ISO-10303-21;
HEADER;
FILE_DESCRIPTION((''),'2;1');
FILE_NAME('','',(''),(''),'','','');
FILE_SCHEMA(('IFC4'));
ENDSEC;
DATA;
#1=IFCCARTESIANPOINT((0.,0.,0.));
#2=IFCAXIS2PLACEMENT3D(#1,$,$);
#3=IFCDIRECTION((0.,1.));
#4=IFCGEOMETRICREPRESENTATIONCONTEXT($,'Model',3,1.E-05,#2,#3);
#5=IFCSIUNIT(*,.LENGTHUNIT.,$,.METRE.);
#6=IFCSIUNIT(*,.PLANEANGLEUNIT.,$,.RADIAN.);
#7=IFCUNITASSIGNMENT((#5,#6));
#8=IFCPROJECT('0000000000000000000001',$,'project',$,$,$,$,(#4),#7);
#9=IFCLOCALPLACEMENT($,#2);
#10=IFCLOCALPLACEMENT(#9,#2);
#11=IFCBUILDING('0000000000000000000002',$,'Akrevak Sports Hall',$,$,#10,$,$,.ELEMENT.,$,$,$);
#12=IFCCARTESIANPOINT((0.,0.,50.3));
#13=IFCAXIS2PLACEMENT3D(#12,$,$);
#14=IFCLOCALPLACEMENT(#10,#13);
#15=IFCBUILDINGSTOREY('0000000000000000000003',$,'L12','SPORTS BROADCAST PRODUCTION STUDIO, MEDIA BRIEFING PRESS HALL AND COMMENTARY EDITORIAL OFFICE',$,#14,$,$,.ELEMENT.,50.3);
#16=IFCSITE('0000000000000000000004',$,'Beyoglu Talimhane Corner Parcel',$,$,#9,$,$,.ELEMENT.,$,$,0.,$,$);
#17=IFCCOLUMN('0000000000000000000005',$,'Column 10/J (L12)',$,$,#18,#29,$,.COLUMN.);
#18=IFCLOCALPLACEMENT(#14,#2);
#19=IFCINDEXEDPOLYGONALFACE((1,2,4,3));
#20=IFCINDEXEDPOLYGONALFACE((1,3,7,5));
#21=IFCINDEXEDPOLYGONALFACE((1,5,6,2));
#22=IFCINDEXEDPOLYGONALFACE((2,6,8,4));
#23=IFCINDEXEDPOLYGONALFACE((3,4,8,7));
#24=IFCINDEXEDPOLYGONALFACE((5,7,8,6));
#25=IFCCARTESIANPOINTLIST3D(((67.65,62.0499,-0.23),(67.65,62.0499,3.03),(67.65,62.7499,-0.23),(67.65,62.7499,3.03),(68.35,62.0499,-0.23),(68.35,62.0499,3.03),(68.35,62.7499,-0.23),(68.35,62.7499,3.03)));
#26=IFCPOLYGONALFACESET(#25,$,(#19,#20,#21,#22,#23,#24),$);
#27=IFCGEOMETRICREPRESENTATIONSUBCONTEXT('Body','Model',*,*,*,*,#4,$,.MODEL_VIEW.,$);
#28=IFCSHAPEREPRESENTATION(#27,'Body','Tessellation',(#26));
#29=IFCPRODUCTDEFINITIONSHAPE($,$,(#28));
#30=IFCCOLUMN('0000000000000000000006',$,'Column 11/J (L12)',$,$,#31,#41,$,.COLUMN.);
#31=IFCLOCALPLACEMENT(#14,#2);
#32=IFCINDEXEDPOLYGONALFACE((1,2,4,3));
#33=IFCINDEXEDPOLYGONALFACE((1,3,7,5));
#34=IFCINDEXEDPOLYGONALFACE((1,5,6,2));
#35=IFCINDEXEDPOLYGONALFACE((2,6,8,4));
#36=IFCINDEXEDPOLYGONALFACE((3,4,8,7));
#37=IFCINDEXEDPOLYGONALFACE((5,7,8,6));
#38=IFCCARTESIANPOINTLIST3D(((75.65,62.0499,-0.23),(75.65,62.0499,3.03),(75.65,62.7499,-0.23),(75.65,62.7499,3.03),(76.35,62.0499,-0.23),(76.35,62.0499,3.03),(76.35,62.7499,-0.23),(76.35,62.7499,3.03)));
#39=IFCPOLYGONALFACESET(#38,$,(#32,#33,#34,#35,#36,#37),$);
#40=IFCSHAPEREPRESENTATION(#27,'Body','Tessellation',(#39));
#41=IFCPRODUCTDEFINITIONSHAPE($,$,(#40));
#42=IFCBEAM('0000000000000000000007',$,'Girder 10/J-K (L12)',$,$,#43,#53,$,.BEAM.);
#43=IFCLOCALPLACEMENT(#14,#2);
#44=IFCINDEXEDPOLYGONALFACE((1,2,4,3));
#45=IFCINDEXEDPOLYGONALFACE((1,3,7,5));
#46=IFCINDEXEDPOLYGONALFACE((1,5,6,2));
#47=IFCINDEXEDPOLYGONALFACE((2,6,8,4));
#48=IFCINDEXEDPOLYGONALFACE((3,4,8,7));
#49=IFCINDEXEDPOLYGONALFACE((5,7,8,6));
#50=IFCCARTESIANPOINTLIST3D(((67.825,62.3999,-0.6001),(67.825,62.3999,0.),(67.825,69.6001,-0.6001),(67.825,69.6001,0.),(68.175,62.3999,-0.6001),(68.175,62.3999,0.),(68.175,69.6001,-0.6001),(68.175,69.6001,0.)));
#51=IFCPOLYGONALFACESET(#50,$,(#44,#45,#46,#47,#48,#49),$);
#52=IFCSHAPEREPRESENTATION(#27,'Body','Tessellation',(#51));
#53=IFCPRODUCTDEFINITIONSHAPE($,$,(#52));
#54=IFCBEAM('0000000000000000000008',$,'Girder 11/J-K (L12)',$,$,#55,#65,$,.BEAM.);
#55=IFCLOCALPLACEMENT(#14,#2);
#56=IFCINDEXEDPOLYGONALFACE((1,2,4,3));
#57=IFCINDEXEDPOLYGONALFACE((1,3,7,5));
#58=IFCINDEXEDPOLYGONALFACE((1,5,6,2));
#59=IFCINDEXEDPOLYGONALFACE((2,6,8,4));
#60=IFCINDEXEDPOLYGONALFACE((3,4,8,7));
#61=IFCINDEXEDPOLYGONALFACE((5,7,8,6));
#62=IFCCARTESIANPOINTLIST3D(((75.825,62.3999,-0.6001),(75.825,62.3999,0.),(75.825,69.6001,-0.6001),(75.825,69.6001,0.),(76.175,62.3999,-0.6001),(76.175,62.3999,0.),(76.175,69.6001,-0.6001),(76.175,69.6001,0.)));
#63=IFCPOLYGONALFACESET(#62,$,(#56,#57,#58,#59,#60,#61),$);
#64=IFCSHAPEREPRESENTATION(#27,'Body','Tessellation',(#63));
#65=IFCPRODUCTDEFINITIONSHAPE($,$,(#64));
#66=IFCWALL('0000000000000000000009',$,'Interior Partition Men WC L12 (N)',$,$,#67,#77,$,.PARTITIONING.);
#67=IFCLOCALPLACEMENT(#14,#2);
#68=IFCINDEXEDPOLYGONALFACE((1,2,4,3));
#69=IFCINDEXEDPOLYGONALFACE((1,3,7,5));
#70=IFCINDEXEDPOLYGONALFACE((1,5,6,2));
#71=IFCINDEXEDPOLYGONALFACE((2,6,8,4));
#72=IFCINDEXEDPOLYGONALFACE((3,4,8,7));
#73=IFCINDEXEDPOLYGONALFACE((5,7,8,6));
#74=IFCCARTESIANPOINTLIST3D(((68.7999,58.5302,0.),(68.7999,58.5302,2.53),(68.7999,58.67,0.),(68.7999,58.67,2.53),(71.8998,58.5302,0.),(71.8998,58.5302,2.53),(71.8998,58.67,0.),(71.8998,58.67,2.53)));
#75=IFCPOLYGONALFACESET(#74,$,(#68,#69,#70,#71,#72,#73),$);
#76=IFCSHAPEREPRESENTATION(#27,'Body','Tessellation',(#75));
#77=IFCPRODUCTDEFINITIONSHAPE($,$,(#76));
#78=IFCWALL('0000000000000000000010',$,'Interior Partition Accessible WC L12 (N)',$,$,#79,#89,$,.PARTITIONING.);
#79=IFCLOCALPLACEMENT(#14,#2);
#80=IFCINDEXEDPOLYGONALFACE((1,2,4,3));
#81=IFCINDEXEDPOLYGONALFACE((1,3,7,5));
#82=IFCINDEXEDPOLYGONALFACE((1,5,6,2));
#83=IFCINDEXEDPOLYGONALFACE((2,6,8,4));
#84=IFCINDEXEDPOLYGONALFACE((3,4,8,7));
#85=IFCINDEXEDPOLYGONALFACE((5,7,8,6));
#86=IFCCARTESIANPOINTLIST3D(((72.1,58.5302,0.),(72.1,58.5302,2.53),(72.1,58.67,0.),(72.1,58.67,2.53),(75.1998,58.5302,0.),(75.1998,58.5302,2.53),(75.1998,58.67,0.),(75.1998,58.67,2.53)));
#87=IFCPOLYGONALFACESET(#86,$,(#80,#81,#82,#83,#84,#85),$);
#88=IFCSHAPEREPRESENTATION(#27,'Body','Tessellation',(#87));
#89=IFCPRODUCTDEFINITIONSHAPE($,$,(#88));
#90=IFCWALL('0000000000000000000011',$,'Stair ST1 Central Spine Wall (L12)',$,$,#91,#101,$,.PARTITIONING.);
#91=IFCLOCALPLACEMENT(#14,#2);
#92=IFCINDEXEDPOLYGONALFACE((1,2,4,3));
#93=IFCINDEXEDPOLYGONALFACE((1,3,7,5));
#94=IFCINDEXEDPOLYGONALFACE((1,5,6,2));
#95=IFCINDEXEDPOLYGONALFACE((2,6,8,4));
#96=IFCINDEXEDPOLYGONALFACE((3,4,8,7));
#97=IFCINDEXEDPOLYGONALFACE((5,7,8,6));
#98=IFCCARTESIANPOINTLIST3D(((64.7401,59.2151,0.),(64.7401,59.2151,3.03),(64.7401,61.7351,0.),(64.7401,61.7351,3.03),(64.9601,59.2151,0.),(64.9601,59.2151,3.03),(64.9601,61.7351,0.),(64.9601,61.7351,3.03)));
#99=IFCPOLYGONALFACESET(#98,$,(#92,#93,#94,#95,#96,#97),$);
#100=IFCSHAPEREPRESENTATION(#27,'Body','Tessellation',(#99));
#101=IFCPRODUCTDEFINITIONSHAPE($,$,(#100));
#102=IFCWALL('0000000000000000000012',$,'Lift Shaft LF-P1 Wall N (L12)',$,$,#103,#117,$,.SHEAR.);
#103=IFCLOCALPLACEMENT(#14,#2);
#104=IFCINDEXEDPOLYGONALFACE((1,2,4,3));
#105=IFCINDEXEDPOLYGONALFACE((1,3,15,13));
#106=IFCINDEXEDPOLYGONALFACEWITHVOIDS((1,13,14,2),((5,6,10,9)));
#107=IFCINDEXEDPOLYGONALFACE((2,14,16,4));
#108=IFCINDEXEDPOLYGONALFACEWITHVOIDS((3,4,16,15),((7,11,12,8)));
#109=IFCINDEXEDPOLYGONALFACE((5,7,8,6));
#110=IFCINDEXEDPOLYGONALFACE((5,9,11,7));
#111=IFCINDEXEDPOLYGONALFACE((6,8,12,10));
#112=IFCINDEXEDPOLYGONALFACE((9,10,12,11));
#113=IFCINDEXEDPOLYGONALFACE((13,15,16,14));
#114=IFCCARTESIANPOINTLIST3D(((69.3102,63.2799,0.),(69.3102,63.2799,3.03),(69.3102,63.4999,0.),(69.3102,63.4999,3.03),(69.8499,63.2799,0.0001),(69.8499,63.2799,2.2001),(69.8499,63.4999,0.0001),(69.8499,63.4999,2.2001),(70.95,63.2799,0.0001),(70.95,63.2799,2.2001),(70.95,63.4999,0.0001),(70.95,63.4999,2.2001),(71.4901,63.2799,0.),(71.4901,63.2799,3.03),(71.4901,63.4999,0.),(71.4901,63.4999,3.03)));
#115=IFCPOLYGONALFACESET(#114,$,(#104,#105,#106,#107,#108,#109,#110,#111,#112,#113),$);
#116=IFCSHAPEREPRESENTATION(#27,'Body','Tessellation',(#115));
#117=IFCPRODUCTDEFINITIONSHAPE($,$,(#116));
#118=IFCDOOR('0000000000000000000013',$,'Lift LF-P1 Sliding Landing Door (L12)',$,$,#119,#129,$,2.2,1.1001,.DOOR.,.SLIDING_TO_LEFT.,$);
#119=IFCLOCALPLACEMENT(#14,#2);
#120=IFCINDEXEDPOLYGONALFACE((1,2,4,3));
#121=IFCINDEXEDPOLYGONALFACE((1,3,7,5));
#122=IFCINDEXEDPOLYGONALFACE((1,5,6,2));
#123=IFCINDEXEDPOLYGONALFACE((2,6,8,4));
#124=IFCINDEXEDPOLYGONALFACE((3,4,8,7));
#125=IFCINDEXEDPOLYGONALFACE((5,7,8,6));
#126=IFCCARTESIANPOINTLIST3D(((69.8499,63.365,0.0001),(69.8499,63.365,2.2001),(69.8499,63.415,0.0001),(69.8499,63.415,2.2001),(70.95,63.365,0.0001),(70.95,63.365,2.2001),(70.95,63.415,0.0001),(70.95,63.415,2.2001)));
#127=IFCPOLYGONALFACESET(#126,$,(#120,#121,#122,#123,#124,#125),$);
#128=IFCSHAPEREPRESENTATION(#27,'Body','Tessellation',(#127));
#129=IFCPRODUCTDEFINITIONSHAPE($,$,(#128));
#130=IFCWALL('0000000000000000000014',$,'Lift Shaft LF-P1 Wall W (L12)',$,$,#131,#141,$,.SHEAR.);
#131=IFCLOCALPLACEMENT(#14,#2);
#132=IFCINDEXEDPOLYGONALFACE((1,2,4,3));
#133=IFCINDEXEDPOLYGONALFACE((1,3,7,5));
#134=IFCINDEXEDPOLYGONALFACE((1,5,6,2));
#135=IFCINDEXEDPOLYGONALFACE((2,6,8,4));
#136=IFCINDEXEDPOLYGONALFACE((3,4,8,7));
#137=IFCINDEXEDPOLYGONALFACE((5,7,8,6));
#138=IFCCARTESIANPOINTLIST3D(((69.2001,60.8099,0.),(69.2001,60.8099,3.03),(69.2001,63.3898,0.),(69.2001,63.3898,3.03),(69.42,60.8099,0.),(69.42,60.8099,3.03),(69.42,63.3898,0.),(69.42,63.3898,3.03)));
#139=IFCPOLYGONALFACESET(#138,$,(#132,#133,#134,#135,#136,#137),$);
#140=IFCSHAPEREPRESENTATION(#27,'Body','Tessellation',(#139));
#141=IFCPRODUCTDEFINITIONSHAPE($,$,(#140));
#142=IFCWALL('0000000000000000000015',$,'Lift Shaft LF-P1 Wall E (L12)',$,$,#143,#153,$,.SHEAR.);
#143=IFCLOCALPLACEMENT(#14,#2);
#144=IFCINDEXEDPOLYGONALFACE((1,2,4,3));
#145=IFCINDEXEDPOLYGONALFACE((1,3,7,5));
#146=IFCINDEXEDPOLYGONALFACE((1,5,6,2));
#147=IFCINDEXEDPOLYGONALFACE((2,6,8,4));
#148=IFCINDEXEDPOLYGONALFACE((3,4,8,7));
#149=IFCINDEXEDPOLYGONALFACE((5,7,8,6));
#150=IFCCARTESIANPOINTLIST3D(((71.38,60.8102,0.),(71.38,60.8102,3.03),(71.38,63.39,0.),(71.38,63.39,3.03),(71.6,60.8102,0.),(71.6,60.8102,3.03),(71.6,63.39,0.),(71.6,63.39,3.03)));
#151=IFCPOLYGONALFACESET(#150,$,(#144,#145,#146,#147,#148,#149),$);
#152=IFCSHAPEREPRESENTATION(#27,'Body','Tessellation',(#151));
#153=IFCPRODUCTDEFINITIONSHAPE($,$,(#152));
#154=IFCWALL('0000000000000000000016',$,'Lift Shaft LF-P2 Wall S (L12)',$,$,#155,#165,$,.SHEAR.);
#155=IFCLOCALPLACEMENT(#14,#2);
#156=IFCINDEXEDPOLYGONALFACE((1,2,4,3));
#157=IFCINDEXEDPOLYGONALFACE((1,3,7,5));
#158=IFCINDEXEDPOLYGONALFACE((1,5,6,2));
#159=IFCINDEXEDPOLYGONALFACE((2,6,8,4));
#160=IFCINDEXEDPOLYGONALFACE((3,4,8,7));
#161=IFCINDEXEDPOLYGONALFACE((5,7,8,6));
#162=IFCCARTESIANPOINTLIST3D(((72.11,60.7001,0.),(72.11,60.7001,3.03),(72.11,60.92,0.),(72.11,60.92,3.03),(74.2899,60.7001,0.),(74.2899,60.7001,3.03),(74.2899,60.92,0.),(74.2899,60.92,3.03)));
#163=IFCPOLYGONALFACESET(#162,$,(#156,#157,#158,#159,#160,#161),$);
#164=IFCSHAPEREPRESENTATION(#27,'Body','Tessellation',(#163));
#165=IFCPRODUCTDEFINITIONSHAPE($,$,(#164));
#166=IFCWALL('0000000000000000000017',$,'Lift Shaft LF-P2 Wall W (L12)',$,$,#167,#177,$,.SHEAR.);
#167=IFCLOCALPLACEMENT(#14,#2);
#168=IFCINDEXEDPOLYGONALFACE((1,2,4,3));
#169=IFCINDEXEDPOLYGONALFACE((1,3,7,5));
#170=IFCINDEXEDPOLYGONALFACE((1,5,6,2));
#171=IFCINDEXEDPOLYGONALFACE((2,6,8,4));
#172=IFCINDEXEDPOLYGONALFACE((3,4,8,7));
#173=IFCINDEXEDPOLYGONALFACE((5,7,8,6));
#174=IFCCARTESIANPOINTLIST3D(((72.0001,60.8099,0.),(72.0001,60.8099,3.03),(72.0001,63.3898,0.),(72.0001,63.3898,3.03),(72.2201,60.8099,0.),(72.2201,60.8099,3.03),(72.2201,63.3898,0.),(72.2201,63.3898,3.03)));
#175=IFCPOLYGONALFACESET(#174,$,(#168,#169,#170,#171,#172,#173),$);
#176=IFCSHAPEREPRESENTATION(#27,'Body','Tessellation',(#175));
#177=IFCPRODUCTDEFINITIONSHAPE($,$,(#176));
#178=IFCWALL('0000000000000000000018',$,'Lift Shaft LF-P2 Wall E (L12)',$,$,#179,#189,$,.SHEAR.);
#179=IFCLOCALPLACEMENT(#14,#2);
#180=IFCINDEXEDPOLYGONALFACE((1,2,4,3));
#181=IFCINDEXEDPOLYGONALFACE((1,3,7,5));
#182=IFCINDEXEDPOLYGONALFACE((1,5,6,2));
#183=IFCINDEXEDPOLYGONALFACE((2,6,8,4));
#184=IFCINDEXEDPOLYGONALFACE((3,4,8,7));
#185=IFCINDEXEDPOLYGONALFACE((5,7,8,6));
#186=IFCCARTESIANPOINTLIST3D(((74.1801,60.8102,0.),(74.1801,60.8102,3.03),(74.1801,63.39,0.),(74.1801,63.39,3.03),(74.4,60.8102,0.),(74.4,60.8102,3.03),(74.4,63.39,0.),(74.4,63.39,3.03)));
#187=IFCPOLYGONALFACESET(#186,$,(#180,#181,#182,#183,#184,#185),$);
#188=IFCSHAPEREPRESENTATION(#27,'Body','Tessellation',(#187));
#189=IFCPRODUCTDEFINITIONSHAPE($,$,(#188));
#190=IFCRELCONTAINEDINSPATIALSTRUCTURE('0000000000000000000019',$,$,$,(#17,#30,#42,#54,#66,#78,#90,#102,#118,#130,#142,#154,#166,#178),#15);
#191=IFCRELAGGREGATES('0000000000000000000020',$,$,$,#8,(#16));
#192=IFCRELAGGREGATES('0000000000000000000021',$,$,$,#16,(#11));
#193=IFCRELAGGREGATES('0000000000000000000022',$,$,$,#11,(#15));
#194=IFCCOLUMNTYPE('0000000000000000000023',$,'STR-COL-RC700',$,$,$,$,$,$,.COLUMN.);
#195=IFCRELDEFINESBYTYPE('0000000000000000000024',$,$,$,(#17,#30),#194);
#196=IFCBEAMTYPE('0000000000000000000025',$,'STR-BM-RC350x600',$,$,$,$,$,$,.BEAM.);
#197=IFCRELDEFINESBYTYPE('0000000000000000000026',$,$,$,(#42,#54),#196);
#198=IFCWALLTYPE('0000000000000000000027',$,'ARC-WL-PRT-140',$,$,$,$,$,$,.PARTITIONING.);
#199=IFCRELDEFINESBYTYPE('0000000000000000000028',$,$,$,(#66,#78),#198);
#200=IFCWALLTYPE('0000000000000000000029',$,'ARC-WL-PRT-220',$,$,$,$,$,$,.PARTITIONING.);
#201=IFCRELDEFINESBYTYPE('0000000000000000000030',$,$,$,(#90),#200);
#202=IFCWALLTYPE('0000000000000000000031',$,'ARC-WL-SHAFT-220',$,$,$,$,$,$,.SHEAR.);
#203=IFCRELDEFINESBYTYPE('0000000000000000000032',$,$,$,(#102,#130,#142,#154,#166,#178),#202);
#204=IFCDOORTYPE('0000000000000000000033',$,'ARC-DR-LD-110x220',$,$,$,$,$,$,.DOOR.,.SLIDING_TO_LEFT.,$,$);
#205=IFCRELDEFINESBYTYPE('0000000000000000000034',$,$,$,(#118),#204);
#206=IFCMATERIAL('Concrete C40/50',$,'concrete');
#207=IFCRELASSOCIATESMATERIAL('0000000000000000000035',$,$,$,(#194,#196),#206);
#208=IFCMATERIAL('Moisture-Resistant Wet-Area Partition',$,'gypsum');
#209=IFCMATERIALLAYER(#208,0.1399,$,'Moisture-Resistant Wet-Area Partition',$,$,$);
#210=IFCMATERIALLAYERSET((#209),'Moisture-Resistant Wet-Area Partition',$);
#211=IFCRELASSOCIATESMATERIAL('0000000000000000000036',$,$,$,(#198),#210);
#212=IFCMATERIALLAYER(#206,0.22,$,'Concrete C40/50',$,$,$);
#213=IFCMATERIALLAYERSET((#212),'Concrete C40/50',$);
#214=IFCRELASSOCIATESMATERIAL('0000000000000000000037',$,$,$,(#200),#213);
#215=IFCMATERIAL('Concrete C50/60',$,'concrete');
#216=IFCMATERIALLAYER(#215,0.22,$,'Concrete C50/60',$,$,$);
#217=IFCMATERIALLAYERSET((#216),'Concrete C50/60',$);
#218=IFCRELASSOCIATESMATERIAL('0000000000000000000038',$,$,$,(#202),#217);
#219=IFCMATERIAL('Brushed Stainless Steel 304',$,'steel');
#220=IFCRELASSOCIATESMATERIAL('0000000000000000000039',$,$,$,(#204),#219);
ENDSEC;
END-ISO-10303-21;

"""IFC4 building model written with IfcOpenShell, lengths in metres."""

from ifc_helpers import new_model, si_unit, direction, frame, frame_2d, origin, origin_2d, place, context, subcontext, project, spatial, rectangle, extrude, material, layer, layer_set, material_profile, profile_set, type_object, element, fill, save


model = new_model("IFC4")

# Units and contexts
model_context = context("Model", 3, precision=1e-05, world=origin(), true_north=direction((0.0, 1.0)))
body_context = subcontext(model_context, "Body", "Model", "MODEL_VIEW")
ifc_project = project(units=[si_unit("LENGTHUNIT", "METRE"), si_unit("PLANEANGLEUNIT", "RADIAN")], contexts=[model_context])

# Site, building, storey
site_placement = place(None, origin())
site = spatial("IfcSite", under=ifc_project, at=site_placement, Name="Beyoglu Talimhane Corner Parcel", CompositionType="ELEMENT", RefElevation=0.0)
building_placement = place(site_placement, origin())
building = spatial("IfcBuilding", under=site, at=building_placement, Name="Akrevak Sports Hall", CompositionType="ELEMENT")
storey_placement = place(building_placement, frame((0.0, 0.0, 50.3)))
storey = spatial("IfcBuildingStorey", under=building, at=storey_placement, Name="L12", Description="SPORTS BROADCAST PRODUCTION STUDIO, MEDIA BRIEFING PRESS HALL AND COMMENTARY EDITORIAL OFFICE", CompositionType="ELEMENT", Elevation=50.3)

# Columns
ifc_material_1 = material(Name="Concrete C40/50", Category="concrete")
ifc_material_profile_1 = material_profile(ifc_material_1, rectangle(XDim=0.7, YDim=0.7, at=origin_2d()), Name="RC 700x700", Category="concrete")
ifc_profile_set_1 = profile_set([ifc_material_profile_1], Name="Concrete C40/50")
column_type = type_object("IfcColumnType", Name="STR-COL-RC700", PredefinedType="COLUMN", material=ifc_profile_set_1)
for number, where, z_axis, x_axis, name in (
    (1, (68.0, 62.3999, -0.23), (0.0, 0.0, 1.0), (1.0, 0.0, 0.0), "Column 10/J (L12)"),
    (2, (76.0, 62.3999, -0.23), (0.0, 0.0, 1.0), (1.0, 0.0, 0.0), "Column 11/J (L12)"),
):
    element("IfcColumn", number, at=place(storey_placement, frame(where, z_axis=z_axis, x_axis=x_axis)), inside=storey, type_object=column_type, Name=name, PredefinedType="COLUMN", context=body_context, shape_type="SweptSolid", body=[
        extrude(rectangle(XDim=0.7, YDim=0.7, at=origin_2d()), origin(), (0.0, 0.0, 1.0), 3.26),
    ])

# Beams
ifc_material_profile_2 = material_profile(ifc_material_1, rectangle(XDim=0.3501, YDim=0.6001, at=origin_2d()), Name="BM 350x600", Category="concrete")
ifc_profile_set_2 = profile_set([ifc_material_profile_2], Name="Concrete C40/50")
beam_type = type_object("IfcBeamType", Name="STR-BM-RC350x600", PredefinedType="BEAM", material=ifc_profile_set_2)
for number, where, z_axis, x_axis, name in (
    (3, (68.0, 62.3999, -0.3), (0.0, 1.0, 0.0), (-1.0, 0.0, 0.0), "Girder 10/J-K (L12)"),
    (4, (76.0, 62.3999, -0.3), (0.0, 1.0, 0.0), (-1.0, 0.0, 0.0), "Girder 11/J-K (L12)"),
):
    element("IfcBeam", number, at=place(storey_placement, frame(where, z_axis=z_axis, x_axis=x_axis)), inside=storey, type_object=beam_type, Name=name, PredefinedType="BEAM", context=body_context, shape_type="SweptSolid", body=[
        extrude(rectangle(XDim=0.3501, YDim=0.6001, at=origin_2d()), origin(), (0.0, 0.0, 1.0), 7.2002),
    ])

# Walls
ifc_material_2 = material(Name="Moisture-Resistant Wet-Area Partition", Category="gypsum")
ifc_layer_1 = layer(ifc_material_2, 0.1399, Name="Moisture-Resistant Wet-Area Partition")
ifc_layer_set_1 = layer_set([ifc_layer_1], Name="Moisture-Resistant Wet-Area Partition")
wall_type_1 = type_object("IfcWallType", Name="ARC-WL-PRT-140", PredefinedType="PARTITIONING", material=ifc_layer_set_1)
for number, where, z_axis, x_axis, name in (
    (5, (68.8, 58.6001, 0.0), (0.0, 0.0, 1.0), (1.0, 0.0, 0.0), "Interior Partition Men WC L12 (N)"),
    (6, (72.1001, 58.6001, 0.0), (0.0, 0.0, 1.0), (1.0, 0.0, 0.0), "Interior Partition Accessible WC L12 (N)"),
):
    element("IfcWall", number, at=place(storey_placement, frame(where, z_axis=z_axis, x_axis=x_axis)), inside=storey, type_object=wall_type_1, Name=name, PredefinedType="PARTITIONING", context=body_context, shape_type="SweptSolid", body=[
        extrude(rectangle(XDim=3.0999, YDim=0.1399, at=frame_2d((1.5498, 0.0))), origin(), (0.0, 0.0, 1.0), 2.53),
    ])
ifc_layer_2 = layer(ifc_material_1, 0.22, Name="Concrete C40/50")
ifc_layer_set_2 = layer_set([ifc_layer_2], Name="Concrete C40/50")
wall_type_2 = type_object("IfcWallType", Name="ARC-WL-PRT-220", PredefinedType="PARTITIONING", material=ifc_layer_set_2)
wall_1_placement = place(storey_placement, frame((64.8501, 59.2151, 0.0), z_axis=(0.0, 0.0, 1.0), x_axis=(0.0, 1.0, 0.0)))
element("IfcWall", 7, at=wall_1_placement, inside=storey, type_object=wall_type_2, Name="Stair ST1 Central Spine Wall (L12)", PredefinedType="PARTITIONING", context=body_context, shape_type="SweptSolid", body=[
    extrude(rectangle(XDim=2.52, YDim=0.22, at=frame_2d((1.26, 0.0))), origin(), (0.0, 0.0, 1.0), 3.03),
])
ifc_material_3 = material(Name="Concrete C50/60", Category="concrete")
ifc_layer_3 = layer(ifc_material_3, 0.22, Name="Concrete C50/60")
ifc_layer_set_3 = layer_set([ifc_layer_3], Name="Concrete C50/60")
wall_type_3 = type_object("IfcWallType", Name="ARC-WL-SHAFT-220", PredefinedType="SHEAR", material=ifc_layer_set_3)

# Wall, opening, door
wall_2_placement = place(storey_placement, frame((71.49, 63.3899, 0.0), z_axis=(0.0, 0.0, 1.0), x_axis=(-1.0, 0.0, 0.0)))
wall_2 = element("IfcWall", 8, at=wall_2_placement, inside=storey, type_object=wall_type_3, Name="Lift Shaft LF-P1 Wall N (L12)", PredefinedType="SHEAR", context=body_context, shape_type="SweptSolid", body=[
    extrude(rectangle(XDim=2.1799, YDim=0.22, at=frame_2d((1.0898, 0.0))), origin(), (0.0, 0.0, 1.0), 3.03),
])
opening_1_placement = place(wall_2_placement, frame((0.54, 0.0, 0.0)))
opening_1 = element("IfcOpeningElement", 9, at=opening_1_placement, cuts=wall_2, PredefinedType="OPENING", context=body_context, shape_type="SweptSolid", body=[
    extrude(rectangle(XDim=1.1001, YDim=2.2, at=frame_2d((0.55, 1.1001))), frame((0.0, 0.1221, 0.0), z_axis=(0.0, -1.0, 0.0), x_axis=(1.0, 0.0, 0.0)), (0.0, 0.0, 1.0), 0.2439),
])
ifc_material_4 = material(Name="Brushed Stainless Steel 304", Category="steel")
door_type_1 = type_object("IfcDoorType", Name="ARC-DR-LD-110x220", OperationType="SLIDING_TO_LEFT", PredefinedType="DOOR", material=ifc_material_4)
door_1_placement = place(opening_1_placement, origin())
door_1 = element("IfcDoor", 10, at=door_1_placement, inside=storey, type_object=door_type_1, Name="Lift LF-P1 Sliding Landing Door (L12)", OperationType="SLIDING_TO_LEFT", OverallHeight=2.2, OverallWidth=1.1001, PredefinedType="DOOR", context=body_context, shape_type="SweptSolid", body=[
    extrude(rectangle(XDim=1.1001, YDim=2.2, at=frame_2d((0.55, 1.1001))), frame((0.0, 0.0249, 0.0), z_axis=(0.0, -1.0, 0.0), x_axis=(1.0, 0.0, 0.0)), (0.0, 0.0, 1.0), 0.05),
])
fill(opening_1, door_1)

# Walls
for number, where, z_axis, x_axis, name in (
    (11, (69.3101, 63.3899, 0.0), (0.0, 0.0, 1.0), (0.0, -1.0, 0.0), "Lift Shaft LF-P1 Wall W (L12)"),
    (12, (71.49, 60.8101, 0.0), (0.0, 0.0, 1.0), (0.0, 1.0, 0.0), "Lift Shaft LF-P1 Wall E (L12)"),
):
    element("IfcWall", number, at=place(storey_placement, frame(where, z_axis=z_axis, x_axis=x_axis)), inside=storey, type_object=wall_type_3, Name=name, PredefinedType="SHEAR", context=body_context, shape_type="SweptSolid", body=[
        extrude(rectangle(XDim=2.5798, YDim=0.22, at=frame_2d((1.29, 0.0))), origin(), (0.0, 0.0, 1.0), 3.03),
    ])
wall_3_placement = place(storey_placement, frame((72.1101, 60.8101, 0.0), z_axis=(0.0, 0.0, 1.0), x_axis=(1.0, 0.0, 0.0)))
element("IfcWall", 13, at=wall_3_placement, inside=storey, type_object=wall_type_3, Name="Lift Shaft LF-P2 Wall S (L12)", PredefinedType="SHEAR", context=body_context, shape_type="SweptSolid", body=[
    extrude(rectangle(XDim=2.1799, YDim=0.22, at=frame_2d((1.0898, 0.0))), origin(), (0.0, 0.0, 1.0), 3.03),
])
for number, where, z_axis, x_axis, name in (
    (14, (72.1101, 63.3899, 0.0), (0.0, 0.0, 1.0), (0.0, -1.0, 0.0), "Lift Shaft LF-P2 Wall W (L12)"),
    (15, (74.29, 60.8101, 0.0), (0.0, 0.0, 1.0), (0.0, 1.0, 0.0), "Lift Shaft LF-P2 Wall E (L12)"),
):
    element("IfcWall", number, at=place(storey_placement, frame(where, z_axis=z_axis, x_axis=x_axis)), inside=storey, type_object=wall_type_3, Name=name, PredefinedType="SHEAR", context=body_context, shape_type="SweptSolid", body=[
        extrude(rectangle(XDim=2.5798, YDim=0.22, at=frame_2d((1.29, 0.0))), origin(), (0.0, 0.0, 1.0), 3.03),
    ])

save(model, "model.ifc")
